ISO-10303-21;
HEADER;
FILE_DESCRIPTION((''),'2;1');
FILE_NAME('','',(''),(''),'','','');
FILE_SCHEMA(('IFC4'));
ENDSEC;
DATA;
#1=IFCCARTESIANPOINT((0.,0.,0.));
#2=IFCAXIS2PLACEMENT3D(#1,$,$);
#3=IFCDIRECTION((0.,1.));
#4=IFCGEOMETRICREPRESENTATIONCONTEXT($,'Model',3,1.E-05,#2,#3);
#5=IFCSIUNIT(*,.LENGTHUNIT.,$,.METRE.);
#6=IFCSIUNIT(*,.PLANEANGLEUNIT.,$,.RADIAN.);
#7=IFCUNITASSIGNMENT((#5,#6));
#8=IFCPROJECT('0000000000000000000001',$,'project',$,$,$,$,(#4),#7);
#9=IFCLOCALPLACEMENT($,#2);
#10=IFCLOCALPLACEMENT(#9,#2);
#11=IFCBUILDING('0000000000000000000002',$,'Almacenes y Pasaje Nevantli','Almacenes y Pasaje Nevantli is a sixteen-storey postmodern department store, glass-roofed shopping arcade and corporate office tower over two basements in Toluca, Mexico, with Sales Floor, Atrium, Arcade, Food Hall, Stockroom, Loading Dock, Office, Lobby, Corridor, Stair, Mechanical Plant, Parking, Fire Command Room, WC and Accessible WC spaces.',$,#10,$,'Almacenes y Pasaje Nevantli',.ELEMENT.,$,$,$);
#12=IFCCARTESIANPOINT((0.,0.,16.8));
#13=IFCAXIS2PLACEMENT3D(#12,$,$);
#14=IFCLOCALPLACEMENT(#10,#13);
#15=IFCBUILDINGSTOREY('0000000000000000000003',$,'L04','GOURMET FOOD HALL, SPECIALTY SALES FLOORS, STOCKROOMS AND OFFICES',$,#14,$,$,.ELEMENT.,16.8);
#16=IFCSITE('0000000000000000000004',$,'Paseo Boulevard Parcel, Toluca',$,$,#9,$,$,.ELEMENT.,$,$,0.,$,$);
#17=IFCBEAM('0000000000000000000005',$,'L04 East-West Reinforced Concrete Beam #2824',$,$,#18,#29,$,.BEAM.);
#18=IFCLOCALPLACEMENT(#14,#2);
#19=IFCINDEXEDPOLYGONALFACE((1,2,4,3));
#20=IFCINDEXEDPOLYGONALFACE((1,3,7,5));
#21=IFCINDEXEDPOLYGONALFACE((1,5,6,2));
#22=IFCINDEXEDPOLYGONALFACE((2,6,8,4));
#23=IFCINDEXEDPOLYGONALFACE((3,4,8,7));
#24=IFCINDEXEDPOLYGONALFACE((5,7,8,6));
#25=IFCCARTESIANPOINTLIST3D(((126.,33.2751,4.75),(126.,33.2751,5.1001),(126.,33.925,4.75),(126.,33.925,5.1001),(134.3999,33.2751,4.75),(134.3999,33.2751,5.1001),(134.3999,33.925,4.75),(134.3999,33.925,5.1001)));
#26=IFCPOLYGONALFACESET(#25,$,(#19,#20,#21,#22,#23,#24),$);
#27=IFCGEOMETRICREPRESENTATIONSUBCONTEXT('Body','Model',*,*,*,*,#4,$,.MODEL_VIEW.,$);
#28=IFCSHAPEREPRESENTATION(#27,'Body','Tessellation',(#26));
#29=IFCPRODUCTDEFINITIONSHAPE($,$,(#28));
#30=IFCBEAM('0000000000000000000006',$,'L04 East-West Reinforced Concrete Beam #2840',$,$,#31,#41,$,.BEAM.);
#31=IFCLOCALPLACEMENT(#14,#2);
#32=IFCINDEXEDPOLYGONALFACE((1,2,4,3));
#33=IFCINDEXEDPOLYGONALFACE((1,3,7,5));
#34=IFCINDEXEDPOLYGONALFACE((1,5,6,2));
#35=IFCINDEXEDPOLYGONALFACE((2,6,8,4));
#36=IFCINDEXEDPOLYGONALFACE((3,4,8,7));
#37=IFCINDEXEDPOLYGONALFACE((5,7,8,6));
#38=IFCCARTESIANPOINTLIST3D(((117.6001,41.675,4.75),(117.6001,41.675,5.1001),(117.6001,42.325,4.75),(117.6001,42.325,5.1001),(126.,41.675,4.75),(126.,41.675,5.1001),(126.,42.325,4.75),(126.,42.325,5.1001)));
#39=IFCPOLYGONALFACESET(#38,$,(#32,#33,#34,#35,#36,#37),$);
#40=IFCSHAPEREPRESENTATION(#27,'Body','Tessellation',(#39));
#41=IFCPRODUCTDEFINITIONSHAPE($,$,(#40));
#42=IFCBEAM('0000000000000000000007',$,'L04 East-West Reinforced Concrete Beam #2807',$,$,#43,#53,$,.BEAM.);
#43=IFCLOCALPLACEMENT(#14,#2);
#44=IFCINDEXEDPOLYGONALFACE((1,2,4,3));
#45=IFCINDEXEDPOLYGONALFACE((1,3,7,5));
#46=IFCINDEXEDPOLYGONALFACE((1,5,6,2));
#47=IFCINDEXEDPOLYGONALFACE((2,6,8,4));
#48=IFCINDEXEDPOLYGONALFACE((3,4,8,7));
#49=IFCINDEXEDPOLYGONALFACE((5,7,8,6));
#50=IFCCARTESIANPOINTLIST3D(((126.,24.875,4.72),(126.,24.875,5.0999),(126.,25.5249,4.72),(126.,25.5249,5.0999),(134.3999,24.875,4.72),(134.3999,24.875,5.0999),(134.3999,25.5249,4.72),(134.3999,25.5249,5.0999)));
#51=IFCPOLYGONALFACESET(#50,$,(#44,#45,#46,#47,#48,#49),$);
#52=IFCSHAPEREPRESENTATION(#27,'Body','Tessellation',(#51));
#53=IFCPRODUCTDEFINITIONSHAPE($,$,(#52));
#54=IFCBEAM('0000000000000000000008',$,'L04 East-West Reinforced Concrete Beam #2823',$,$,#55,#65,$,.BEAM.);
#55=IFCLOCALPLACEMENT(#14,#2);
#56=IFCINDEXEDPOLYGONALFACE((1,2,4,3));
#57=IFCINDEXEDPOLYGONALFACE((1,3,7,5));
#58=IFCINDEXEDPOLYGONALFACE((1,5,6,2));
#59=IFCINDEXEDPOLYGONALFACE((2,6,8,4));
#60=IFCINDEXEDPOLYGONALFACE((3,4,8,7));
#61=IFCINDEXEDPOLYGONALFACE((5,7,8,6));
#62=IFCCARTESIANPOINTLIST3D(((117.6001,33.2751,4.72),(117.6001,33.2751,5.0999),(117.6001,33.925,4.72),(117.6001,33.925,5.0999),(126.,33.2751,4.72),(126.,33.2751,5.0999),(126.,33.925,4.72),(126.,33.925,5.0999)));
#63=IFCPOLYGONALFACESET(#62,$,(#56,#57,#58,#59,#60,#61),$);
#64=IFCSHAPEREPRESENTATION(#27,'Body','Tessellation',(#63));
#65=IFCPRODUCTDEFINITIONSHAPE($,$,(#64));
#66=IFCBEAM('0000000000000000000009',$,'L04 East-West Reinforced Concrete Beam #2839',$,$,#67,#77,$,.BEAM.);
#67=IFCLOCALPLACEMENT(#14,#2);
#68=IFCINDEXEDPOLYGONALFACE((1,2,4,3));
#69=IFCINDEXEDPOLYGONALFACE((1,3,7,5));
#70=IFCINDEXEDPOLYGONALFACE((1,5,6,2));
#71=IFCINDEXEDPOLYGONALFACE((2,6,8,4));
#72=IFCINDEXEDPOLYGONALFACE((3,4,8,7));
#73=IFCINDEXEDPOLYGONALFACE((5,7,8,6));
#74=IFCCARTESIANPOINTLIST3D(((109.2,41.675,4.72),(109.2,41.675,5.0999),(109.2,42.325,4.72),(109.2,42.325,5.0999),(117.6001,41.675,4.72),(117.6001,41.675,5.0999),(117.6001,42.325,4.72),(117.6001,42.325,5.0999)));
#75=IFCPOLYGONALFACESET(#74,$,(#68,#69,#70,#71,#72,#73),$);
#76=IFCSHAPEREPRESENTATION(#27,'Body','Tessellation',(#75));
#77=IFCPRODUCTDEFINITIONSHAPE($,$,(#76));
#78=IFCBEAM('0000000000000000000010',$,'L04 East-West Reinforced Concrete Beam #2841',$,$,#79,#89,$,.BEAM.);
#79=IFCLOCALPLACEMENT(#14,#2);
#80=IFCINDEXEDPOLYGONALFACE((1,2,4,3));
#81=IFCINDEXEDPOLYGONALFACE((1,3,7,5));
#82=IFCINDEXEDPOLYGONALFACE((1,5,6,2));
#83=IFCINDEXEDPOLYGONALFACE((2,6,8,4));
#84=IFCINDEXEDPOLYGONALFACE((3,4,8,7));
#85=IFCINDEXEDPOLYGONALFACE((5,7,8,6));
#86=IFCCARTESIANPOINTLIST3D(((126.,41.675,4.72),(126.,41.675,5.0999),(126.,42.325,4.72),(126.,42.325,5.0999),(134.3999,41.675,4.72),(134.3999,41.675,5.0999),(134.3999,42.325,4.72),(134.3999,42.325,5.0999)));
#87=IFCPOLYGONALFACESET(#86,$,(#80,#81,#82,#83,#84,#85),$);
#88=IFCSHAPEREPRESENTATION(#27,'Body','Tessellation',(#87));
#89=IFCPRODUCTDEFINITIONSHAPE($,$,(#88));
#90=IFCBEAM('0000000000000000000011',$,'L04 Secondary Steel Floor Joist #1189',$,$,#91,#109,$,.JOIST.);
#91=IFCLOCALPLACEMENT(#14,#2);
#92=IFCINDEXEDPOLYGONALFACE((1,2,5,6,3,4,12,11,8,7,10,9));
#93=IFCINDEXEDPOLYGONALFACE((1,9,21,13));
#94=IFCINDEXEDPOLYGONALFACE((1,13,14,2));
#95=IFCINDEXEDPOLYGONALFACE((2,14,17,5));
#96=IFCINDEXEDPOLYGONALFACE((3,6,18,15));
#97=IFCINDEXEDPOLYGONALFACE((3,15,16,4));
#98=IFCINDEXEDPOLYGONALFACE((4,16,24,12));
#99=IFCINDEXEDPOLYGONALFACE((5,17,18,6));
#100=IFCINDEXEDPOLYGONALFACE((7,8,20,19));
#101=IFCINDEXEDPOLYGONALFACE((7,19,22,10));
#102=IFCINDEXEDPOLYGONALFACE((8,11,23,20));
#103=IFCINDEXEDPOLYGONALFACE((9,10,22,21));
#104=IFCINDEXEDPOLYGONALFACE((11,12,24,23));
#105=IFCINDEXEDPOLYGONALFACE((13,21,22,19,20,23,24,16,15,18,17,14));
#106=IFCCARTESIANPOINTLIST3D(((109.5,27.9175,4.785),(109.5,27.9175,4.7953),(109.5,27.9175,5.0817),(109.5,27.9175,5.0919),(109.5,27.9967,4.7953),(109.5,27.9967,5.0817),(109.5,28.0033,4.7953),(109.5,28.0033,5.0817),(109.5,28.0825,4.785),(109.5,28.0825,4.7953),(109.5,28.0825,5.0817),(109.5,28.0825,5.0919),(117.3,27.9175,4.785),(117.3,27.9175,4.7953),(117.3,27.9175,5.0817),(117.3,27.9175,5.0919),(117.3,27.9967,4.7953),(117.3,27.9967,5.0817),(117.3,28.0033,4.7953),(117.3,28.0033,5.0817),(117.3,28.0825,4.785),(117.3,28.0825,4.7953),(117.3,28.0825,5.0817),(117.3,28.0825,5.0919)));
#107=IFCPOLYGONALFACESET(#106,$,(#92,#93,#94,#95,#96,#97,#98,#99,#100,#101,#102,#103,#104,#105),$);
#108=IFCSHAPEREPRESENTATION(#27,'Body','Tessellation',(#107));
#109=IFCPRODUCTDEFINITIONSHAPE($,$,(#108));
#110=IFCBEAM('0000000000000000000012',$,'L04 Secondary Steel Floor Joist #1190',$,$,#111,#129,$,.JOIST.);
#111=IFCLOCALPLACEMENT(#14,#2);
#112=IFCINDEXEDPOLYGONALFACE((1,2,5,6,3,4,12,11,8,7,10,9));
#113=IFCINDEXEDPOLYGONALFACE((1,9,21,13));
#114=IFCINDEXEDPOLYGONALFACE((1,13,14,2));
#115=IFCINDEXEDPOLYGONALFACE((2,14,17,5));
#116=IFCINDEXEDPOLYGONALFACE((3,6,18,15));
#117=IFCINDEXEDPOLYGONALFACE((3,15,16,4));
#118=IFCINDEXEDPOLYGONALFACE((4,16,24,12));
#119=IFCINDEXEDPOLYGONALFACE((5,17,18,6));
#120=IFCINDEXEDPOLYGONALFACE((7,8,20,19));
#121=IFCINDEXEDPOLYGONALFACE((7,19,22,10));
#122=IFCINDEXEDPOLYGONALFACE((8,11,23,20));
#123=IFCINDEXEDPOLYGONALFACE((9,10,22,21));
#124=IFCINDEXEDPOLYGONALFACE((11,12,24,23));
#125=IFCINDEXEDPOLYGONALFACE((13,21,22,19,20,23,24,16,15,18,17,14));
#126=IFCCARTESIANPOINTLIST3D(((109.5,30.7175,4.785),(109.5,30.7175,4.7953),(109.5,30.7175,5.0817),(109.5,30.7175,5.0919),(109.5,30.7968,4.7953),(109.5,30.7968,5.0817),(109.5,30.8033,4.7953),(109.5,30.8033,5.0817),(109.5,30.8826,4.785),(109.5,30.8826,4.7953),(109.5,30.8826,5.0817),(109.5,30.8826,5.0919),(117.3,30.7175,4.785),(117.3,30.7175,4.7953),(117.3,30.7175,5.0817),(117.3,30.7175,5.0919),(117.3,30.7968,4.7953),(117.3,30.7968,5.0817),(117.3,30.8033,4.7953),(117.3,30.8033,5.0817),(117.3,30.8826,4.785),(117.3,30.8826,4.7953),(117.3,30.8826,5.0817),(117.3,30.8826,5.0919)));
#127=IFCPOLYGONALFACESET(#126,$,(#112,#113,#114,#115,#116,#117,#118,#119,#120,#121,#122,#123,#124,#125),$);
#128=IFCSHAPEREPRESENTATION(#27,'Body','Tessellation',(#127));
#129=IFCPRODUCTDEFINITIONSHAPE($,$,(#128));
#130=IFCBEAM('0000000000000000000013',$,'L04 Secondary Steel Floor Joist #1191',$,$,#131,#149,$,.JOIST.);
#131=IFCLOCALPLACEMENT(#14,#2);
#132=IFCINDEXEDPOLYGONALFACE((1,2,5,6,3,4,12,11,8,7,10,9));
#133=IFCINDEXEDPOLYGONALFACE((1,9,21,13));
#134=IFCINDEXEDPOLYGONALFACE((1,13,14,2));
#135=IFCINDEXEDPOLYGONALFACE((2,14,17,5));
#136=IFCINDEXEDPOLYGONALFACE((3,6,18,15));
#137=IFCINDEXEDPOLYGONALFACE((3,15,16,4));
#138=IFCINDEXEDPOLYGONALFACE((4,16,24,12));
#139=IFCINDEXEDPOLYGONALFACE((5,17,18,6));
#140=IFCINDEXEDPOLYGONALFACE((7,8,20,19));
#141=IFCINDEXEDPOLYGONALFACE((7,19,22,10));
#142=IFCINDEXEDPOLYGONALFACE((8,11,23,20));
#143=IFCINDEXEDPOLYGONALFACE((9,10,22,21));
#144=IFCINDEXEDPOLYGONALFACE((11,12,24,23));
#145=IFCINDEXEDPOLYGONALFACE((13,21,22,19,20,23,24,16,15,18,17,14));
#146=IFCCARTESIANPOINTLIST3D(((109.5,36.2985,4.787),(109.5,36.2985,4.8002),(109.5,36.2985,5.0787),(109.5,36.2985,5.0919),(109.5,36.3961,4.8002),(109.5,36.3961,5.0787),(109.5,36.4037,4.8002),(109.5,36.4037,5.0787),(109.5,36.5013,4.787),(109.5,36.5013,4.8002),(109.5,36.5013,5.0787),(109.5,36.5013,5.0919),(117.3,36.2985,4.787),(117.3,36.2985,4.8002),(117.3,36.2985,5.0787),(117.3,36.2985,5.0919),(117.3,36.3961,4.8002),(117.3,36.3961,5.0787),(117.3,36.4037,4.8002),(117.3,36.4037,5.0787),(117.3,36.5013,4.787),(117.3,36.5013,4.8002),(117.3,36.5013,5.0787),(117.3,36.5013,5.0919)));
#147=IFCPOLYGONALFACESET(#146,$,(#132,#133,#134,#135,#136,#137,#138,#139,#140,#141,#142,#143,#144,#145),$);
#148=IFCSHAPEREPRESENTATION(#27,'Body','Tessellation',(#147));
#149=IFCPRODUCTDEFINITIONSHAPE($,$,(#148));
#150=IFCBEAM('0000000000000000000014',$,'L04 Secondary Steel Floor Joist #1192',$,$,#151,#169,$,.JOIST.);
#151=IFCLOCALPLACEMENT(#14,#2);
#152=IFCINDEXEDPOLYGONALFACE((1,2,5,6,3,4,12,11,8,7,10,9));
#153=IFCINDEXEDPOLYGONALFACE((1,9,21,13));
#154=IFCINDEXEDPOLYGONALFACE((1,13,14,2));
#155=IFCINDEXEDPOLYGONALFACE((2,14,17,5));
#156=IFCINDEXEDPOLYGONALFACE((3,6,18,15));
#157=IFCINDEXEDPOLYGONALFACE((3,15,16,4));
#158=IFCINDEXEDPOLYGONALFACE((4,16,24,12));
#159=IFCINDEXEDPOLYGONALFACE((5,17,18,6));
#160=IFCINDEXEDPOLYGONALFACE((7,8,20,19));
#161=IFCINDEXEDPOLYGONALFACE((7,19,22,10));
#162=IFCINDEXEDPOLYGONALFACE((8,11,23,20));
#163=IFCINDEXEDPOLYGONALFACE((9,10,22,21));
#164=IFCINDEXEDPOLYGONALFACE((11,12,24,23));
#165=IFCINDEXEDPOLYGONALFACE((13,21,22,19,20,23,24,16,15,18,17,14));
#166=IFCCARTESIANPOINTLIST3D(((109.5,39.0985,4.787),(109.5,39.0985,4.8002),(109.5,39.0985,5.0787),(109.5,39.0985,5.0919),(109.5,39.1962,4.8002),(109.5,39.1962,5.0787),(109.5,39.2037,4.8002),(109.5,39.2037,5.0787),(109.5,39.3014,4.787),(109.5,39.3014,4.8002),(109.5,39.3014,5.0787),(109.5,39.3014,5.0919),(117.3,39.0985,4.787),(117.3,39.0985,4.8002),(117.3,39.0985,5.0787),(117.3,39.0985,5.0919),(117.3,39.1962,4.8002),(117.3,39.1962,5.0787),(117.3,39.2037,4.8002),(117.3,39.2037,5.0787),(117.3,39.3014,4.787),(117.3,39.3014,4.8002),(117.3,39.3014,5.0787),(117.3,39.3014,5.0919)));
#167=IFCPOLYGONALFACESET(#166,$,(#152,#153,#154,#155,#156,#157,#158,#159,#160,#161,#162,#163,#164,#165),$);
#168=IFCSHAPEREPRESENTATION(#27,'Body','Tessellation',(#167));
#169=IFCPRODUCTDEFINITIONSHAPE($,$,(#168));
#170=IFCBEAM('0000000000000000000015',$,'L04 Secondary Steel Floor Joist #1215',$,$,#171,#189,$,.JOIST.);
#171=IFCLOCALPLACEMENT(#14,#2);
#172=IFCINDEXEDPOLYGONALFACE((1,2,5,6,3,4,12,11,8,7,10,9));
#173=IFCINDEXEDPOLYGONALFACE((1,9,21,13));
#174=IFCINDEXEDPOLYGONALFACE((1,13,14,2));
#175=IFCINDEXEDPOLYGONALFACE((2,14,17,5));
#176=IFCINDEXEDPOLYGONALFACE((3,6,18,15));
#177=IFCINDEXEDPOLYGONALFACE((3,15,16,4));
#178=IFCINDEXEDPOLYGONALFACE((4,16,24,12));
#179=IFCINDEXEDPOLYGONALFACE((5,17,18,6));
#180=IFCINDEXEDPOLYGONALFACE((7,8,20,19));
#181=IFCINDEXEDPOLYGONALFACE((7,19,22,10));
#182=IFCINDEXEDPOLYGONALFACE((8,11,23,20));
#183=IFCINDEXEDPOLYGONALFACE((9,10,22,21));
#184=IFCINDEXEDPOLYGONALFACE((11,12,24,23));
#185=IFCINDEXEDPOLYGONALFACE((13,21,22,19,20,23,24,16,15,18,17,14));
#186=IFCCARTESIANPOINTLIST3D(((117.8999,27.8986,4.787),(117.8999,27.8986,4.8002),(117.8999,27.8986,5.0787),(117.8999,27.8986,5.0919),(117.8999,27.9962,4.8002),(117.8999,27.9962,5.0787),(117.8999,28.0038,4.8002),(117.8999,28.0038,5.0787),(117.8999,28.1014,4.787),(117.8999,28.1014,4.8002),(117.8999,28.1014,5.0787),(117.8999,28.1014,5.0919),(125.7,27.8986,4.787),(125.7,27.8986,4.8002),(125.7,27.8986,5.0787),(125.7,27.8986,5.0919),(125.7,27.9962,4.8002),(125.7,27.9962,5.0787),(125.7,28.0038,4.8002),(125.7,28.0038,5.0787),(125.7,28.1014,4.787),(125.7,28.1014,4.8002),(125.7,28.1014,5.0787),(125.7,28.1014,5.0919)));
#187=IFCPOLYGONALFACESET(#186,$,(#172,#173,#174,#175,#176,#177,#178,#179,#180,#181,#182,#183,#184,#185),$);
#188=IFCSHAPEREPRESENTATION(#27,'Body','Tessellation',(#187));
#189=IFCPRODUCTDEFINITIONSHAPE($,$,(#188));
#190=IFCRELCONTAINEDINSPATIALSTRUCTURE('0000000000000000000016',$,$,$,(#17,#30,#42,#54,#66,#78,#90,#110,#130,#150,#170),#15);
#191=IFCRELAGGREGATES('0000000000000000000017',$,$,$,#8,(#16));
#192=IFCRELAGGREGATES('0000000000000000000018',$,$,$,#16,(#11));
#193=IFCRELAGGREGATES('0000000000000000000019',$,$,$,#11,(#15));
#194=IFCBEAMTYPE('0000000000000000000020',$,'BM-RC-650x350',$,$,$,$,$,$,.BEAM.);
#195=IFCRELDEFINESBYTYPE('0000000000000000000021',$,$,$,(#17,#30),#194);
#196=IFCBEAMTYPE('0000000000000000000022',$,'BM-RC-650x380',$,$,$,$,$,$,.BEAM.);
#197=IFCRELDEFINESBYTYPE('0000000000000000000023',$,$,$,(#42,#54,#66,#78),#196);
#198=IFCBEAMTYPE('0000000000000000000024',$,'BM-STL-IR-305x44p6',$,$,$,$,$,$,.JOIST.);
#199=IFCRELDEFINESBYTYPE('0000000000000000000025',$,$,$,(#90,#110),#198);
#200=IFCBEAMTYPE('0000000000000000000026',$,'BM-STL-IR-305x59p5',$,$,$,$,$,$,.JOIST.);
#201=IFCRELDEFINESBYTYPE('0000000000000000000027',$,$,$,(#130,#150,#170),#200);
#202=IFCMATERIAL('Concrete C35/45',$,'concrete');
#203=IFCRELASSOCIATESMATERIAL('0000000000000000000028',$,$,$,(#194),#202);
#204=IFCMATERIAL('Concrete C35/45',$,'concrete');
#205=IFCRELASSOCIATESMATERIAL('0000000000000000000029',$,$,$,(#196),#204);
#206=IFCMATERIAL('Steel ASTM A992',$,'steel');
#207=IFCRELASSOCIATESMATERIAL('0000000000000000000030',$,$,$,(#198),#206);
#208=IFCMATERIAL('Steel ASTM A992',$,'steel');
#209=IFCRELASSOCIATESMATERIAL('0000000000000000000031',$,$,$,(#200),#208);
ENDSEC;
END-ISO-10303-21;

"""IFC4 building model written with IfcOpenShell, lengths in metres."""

from ifc_helpers import new_model, si_unit, direction, frame, origin, origin_2d, place, context, subcontext, project, spatial, rectangle, i_section, extrude, material, material_profile, profile_set, type_object, element, save


model = new_model("IFC4")

# Units and contexts
model_context = context("Model", 3, precision=1e-05, world=origin(), true_north=direction((0.0, 1.0)))
body_context = subcontext(model_context, "Body", "Model", "MODEL_VIEW")
ifc_project = project(units=[si_unit("LENGTHUNIT", "METRE"), si_unit("PLANEANGLEUNIT", "RADIAN")], contexts=[model_context])

# Site, building, storey
site_placement = place(None, origin())
site = spatial("IfcSite", under=ifc_project, at=site_placement, Name="Paseo Boulevard Parcel, Toluca", CompositionType="ELEMENT", RefElevation=0.0)
building_placement = place(site_placement, origin())
building = spatial("IfcBuilding", under=site, at=building_placement, Name="Almacenes y Pasaje Nevantli", Description="Almacenes y Pasaje Nevantli is a sixteen-storey postmodern department store, glass-roofed shopping arcade and corporate office tower over two basements in Toluca, Mexico, with Sales Floor, Atrium, Arcade, Food Hall, Stockroom, Loading Dock, Office, Lobby, Corridor, Stair, Mechanical Plant, Parking, Fire Command Room, WC and Accessible WC spaces.", LongName="Almacenes y Pasaje Nevantli", CompositionType="ELEMENT")
storey_placement = place(building_placement, frame((0.0, 0.0, 16.8)))
storey = spatial("IfcBuildingStorey", under=building, at=storey_placement, Name="L04", Description="GOURMET FOOD HALL, SPECIALTY SALES FLOORS, STOCKROOMS AND OFFICES", CompositionType="ELEMENT", Elevation=16.8)

# Beams
ifc_material_1 = material(Name="Concrete C35/45", Category="concrete")
ifc_material_profile_1 = material_profile(ifc_material_1, rectangle(XDim=0.6499, YDim=0.3501, at=origin_2d()), Name="RC-BM-650x350")
ifc_profile_set_1 = profile_set([ifc_material_profile_1], Name="Concrete C35/45")
beam_type_1 = type_object("IfcBeamType", Name="BM-RC-650x350", PredefinedType="BEAM", material=ifc_profile_set_1)
for number, where, z_axis, x_axis, name in (
    (1, (126.0, 33.6001, 4.925), (1.0, 0.0, 0.0), (0.0, 1.0, 0.0), "L04 East-West Reinforced Concrete Beam #2824"),
    (2, (117.6001, 42.0, 4.925), (1.0, 0.0, 0.0), (0.0, 1.0, 0.0), "L04 East-West Reinforced Concrete Beam #2840"),
):
    element("IfcBeam", number, at=place(storey_placement, frame(where, z_axis=z_axis, x_axis=x_axis)), inside=storey, type_object=beam_type_1, Name=name, PredefinedType="BEAM", context=body_context, shape_type="SweptSolid", body=[
        extrude(rectangle(XDim=0.6499, YDim=0.3501, at=origin_2d()), origin(), (0.0, 0.0, 1.0), 8.3999),
    ])
ifc_material_2 = material(Name="Concrete C35/45", Category="concrete")
ifc_material_profile_2 = material_profile(ifc_material_2, rectangle(XDim=0.6499, YDim=0.3799, at=origin_2d()), Name="RC-BM-650x380")
ifc_profile_set_2 = profile_set([ifc_material_profile_2], Name="Concrete C35/45")
beam_type_2 = type_object("IfcBeamType", Name="BM-RC-650x380", PredefinedType="BEAM", material=ifc_profile_set_2)
for number, where, z_axis, x_axis, name in (
    (3, (126.0, 25.2, 4.9099), (1.0, 0.0, 0.0), (0.0, 1.0, 0.0), "L04 East-West Reinforced Concrete Beam #2807"),
    (4, (117.6001, 33.6001, 4.9099), (1.0, 0.0, 0.0), (0.0, 1.0, 0.0), "L04 East-West Reinforced Concrete Beam #2823"),
):
    element("IfcBeam", number, at=place(storey_placement, frame(where, z_axis=z_axis, x_axis=x_axis)), inside=storey, type_object=beam_type_2, Name=name, PredefinedType="BEAM", context=body_context, shape_type="SweptSolid", body=[
        extrude(rectangle(XDim=0.6499, YDim=0.3799, at=origin_2d()), origin(), (0.0, 0.0, 1.0), 8.3999),
    ])
beam_1_placement = place(storey_placement, frame((109.2, 42.0, 4.9099), z_axis=(1.0, 0.0, 0.0), x_axis=(0.0, 1.0, 0.0)))
element("IfcBeam", 5, at=beam_1_placement, inside=storey, type_object=beam_type_2, Name="L04 East-West Reinforced Concrete Beam #2839", PredefinedType="BEAM", context=body_context, shape_type="SweptSolid", body=[
    extrude(rectangle(XDim=0.6499, YDim=0.3799, at=origin_2d()), origin(), (0.0, 0.0, 1.0), 8.4001),
])
beam_2_placement = place(storey_placement, frame((126.0, 42.0, 4.9099), z_axis=(1.0, 0.0, 0.0), x_axis=(0.0, 1.0, 0.0)))
element("IfcBeam", 6, at=beam_2_placement, inside=storey, type_object=beam_type_2, Name="L04 East-West Reinforced Concrete Beam #2841", PredefinedType="BEAM", context=body_context, shape_type="SweptSolid", body=[
    extrude(rectangle(XDim=0.6499, YDim=0.3799, at=origin_2d()), origin(), (0.0, 0.0, 1.0), 8.3999),
])
ifc_material_3 = material(Name="Steel ASTM A992", Category="steel")
ifc_material_profile_3 = material_profile(ifc_material_3, i_section(OverallWidth=0.165, OverallDepth=0.3069, WebThickness=0.0066, FlangeThickness=0.0103, at=origin_2d()), Name="IR 305x44.6")
ifc_profile_set_3 = profile_set([ifc_material_profile_3], Name="Steel ASTM A992")
beam_type_3 = type_object("IfcBeamType", Name="BM-STL-IR-305x44p6", PredefinedType="JOIST", material=ifc_profile_set_3)
for number, where, z_axis, x_axis, name in (
    (7, (109.5, 28.0, 4.9385), (1.0, 0.0, 0.0), (0.0, 1.0, 0.0), "L04 Secondary Steel Floor Joist #1189"),
    (8, (109.5, 30.8, 4.9385), (1.0, 0.0, 0.0), (0.0, 1.0, 0.0), "L04 Secondary Steel Floor Joist #1190"),
):
    element("IfcBeam", number, at=place(storey_placement, frame(where, z_axis=z_axis, x_axis=x_axis)), inside=storey, type_object=beam_type_3, Name=name, PredefinedType="JOIST", context=body_context, shape_type="SweptSolid", body=[
        extrude(i_section(OverallWidth=0.165, OverallDepth=0.3069, WebThickness=0.0066, FlangeThickness=0.0103, at=origin_2d()), origin(), (0.0, 0.0, 1.0), 7.8),
    ])
ifc_material_4 = material(Name="Steel ASTM A992", Category="steel")
ifc_material_profile_4 = material_profile(ifc_material_4, i_section(OverallWidth=0.2029, OverallDepth=0.3049, WebThickness=0.0076, FlangeThickness=0.0132, at=origin_2d()), Name="IR 305x59.5")
ifc_profile_set_4 = profile_set([ifc_material_profile_4], Name="Steel ASTM A992")
beam_type_4 = type_object("IfcBeamType", Name="BM-STL-IR-305x59p5", PredefinedType="JOIST", material=ifc_profile_set_4)
for number, where, z_axis, x_axis, name in (
    (9, (109.5, 36.3999, 4.9395), (1.0, 0.0, 0.0), (0.0, 1.0, 0.0), "L04 Secondary Steel Floor Joist #1191"),
    (10, (109.5, 39.2, 4.9395), (1.0, 0.0, 0.0), (0.0, 1.0, 0.0), "L04 Secondary Steel Floor Joist #1192"),
    (11, (117.8999, 28.0, 4.9395), (1.0, 0.0, 0.0), (0.0, 1.0, 0.0), "L04 Secondary Steel Floor Joist #1215"),
):
    element("IfcBeam", number, at=place(storey_placement, frame(where, z_axis=z_axis, x_axis=x_axis)), inside=storey, type_object=beam_type_4, Name=name, PredefinedType="JOIST", context=body_context, shape_type="SweptSolid", body=[
        extrude(i_section(OverallWidth=0.2029, OverallDepth=0.3049, WebThickness=0.0076, FlangeThickness=0.0132, at=origin_2d()), origin(), (0.0, 0.0, 1.0), 7.8),
    ])

save(model, "model.ifc")
